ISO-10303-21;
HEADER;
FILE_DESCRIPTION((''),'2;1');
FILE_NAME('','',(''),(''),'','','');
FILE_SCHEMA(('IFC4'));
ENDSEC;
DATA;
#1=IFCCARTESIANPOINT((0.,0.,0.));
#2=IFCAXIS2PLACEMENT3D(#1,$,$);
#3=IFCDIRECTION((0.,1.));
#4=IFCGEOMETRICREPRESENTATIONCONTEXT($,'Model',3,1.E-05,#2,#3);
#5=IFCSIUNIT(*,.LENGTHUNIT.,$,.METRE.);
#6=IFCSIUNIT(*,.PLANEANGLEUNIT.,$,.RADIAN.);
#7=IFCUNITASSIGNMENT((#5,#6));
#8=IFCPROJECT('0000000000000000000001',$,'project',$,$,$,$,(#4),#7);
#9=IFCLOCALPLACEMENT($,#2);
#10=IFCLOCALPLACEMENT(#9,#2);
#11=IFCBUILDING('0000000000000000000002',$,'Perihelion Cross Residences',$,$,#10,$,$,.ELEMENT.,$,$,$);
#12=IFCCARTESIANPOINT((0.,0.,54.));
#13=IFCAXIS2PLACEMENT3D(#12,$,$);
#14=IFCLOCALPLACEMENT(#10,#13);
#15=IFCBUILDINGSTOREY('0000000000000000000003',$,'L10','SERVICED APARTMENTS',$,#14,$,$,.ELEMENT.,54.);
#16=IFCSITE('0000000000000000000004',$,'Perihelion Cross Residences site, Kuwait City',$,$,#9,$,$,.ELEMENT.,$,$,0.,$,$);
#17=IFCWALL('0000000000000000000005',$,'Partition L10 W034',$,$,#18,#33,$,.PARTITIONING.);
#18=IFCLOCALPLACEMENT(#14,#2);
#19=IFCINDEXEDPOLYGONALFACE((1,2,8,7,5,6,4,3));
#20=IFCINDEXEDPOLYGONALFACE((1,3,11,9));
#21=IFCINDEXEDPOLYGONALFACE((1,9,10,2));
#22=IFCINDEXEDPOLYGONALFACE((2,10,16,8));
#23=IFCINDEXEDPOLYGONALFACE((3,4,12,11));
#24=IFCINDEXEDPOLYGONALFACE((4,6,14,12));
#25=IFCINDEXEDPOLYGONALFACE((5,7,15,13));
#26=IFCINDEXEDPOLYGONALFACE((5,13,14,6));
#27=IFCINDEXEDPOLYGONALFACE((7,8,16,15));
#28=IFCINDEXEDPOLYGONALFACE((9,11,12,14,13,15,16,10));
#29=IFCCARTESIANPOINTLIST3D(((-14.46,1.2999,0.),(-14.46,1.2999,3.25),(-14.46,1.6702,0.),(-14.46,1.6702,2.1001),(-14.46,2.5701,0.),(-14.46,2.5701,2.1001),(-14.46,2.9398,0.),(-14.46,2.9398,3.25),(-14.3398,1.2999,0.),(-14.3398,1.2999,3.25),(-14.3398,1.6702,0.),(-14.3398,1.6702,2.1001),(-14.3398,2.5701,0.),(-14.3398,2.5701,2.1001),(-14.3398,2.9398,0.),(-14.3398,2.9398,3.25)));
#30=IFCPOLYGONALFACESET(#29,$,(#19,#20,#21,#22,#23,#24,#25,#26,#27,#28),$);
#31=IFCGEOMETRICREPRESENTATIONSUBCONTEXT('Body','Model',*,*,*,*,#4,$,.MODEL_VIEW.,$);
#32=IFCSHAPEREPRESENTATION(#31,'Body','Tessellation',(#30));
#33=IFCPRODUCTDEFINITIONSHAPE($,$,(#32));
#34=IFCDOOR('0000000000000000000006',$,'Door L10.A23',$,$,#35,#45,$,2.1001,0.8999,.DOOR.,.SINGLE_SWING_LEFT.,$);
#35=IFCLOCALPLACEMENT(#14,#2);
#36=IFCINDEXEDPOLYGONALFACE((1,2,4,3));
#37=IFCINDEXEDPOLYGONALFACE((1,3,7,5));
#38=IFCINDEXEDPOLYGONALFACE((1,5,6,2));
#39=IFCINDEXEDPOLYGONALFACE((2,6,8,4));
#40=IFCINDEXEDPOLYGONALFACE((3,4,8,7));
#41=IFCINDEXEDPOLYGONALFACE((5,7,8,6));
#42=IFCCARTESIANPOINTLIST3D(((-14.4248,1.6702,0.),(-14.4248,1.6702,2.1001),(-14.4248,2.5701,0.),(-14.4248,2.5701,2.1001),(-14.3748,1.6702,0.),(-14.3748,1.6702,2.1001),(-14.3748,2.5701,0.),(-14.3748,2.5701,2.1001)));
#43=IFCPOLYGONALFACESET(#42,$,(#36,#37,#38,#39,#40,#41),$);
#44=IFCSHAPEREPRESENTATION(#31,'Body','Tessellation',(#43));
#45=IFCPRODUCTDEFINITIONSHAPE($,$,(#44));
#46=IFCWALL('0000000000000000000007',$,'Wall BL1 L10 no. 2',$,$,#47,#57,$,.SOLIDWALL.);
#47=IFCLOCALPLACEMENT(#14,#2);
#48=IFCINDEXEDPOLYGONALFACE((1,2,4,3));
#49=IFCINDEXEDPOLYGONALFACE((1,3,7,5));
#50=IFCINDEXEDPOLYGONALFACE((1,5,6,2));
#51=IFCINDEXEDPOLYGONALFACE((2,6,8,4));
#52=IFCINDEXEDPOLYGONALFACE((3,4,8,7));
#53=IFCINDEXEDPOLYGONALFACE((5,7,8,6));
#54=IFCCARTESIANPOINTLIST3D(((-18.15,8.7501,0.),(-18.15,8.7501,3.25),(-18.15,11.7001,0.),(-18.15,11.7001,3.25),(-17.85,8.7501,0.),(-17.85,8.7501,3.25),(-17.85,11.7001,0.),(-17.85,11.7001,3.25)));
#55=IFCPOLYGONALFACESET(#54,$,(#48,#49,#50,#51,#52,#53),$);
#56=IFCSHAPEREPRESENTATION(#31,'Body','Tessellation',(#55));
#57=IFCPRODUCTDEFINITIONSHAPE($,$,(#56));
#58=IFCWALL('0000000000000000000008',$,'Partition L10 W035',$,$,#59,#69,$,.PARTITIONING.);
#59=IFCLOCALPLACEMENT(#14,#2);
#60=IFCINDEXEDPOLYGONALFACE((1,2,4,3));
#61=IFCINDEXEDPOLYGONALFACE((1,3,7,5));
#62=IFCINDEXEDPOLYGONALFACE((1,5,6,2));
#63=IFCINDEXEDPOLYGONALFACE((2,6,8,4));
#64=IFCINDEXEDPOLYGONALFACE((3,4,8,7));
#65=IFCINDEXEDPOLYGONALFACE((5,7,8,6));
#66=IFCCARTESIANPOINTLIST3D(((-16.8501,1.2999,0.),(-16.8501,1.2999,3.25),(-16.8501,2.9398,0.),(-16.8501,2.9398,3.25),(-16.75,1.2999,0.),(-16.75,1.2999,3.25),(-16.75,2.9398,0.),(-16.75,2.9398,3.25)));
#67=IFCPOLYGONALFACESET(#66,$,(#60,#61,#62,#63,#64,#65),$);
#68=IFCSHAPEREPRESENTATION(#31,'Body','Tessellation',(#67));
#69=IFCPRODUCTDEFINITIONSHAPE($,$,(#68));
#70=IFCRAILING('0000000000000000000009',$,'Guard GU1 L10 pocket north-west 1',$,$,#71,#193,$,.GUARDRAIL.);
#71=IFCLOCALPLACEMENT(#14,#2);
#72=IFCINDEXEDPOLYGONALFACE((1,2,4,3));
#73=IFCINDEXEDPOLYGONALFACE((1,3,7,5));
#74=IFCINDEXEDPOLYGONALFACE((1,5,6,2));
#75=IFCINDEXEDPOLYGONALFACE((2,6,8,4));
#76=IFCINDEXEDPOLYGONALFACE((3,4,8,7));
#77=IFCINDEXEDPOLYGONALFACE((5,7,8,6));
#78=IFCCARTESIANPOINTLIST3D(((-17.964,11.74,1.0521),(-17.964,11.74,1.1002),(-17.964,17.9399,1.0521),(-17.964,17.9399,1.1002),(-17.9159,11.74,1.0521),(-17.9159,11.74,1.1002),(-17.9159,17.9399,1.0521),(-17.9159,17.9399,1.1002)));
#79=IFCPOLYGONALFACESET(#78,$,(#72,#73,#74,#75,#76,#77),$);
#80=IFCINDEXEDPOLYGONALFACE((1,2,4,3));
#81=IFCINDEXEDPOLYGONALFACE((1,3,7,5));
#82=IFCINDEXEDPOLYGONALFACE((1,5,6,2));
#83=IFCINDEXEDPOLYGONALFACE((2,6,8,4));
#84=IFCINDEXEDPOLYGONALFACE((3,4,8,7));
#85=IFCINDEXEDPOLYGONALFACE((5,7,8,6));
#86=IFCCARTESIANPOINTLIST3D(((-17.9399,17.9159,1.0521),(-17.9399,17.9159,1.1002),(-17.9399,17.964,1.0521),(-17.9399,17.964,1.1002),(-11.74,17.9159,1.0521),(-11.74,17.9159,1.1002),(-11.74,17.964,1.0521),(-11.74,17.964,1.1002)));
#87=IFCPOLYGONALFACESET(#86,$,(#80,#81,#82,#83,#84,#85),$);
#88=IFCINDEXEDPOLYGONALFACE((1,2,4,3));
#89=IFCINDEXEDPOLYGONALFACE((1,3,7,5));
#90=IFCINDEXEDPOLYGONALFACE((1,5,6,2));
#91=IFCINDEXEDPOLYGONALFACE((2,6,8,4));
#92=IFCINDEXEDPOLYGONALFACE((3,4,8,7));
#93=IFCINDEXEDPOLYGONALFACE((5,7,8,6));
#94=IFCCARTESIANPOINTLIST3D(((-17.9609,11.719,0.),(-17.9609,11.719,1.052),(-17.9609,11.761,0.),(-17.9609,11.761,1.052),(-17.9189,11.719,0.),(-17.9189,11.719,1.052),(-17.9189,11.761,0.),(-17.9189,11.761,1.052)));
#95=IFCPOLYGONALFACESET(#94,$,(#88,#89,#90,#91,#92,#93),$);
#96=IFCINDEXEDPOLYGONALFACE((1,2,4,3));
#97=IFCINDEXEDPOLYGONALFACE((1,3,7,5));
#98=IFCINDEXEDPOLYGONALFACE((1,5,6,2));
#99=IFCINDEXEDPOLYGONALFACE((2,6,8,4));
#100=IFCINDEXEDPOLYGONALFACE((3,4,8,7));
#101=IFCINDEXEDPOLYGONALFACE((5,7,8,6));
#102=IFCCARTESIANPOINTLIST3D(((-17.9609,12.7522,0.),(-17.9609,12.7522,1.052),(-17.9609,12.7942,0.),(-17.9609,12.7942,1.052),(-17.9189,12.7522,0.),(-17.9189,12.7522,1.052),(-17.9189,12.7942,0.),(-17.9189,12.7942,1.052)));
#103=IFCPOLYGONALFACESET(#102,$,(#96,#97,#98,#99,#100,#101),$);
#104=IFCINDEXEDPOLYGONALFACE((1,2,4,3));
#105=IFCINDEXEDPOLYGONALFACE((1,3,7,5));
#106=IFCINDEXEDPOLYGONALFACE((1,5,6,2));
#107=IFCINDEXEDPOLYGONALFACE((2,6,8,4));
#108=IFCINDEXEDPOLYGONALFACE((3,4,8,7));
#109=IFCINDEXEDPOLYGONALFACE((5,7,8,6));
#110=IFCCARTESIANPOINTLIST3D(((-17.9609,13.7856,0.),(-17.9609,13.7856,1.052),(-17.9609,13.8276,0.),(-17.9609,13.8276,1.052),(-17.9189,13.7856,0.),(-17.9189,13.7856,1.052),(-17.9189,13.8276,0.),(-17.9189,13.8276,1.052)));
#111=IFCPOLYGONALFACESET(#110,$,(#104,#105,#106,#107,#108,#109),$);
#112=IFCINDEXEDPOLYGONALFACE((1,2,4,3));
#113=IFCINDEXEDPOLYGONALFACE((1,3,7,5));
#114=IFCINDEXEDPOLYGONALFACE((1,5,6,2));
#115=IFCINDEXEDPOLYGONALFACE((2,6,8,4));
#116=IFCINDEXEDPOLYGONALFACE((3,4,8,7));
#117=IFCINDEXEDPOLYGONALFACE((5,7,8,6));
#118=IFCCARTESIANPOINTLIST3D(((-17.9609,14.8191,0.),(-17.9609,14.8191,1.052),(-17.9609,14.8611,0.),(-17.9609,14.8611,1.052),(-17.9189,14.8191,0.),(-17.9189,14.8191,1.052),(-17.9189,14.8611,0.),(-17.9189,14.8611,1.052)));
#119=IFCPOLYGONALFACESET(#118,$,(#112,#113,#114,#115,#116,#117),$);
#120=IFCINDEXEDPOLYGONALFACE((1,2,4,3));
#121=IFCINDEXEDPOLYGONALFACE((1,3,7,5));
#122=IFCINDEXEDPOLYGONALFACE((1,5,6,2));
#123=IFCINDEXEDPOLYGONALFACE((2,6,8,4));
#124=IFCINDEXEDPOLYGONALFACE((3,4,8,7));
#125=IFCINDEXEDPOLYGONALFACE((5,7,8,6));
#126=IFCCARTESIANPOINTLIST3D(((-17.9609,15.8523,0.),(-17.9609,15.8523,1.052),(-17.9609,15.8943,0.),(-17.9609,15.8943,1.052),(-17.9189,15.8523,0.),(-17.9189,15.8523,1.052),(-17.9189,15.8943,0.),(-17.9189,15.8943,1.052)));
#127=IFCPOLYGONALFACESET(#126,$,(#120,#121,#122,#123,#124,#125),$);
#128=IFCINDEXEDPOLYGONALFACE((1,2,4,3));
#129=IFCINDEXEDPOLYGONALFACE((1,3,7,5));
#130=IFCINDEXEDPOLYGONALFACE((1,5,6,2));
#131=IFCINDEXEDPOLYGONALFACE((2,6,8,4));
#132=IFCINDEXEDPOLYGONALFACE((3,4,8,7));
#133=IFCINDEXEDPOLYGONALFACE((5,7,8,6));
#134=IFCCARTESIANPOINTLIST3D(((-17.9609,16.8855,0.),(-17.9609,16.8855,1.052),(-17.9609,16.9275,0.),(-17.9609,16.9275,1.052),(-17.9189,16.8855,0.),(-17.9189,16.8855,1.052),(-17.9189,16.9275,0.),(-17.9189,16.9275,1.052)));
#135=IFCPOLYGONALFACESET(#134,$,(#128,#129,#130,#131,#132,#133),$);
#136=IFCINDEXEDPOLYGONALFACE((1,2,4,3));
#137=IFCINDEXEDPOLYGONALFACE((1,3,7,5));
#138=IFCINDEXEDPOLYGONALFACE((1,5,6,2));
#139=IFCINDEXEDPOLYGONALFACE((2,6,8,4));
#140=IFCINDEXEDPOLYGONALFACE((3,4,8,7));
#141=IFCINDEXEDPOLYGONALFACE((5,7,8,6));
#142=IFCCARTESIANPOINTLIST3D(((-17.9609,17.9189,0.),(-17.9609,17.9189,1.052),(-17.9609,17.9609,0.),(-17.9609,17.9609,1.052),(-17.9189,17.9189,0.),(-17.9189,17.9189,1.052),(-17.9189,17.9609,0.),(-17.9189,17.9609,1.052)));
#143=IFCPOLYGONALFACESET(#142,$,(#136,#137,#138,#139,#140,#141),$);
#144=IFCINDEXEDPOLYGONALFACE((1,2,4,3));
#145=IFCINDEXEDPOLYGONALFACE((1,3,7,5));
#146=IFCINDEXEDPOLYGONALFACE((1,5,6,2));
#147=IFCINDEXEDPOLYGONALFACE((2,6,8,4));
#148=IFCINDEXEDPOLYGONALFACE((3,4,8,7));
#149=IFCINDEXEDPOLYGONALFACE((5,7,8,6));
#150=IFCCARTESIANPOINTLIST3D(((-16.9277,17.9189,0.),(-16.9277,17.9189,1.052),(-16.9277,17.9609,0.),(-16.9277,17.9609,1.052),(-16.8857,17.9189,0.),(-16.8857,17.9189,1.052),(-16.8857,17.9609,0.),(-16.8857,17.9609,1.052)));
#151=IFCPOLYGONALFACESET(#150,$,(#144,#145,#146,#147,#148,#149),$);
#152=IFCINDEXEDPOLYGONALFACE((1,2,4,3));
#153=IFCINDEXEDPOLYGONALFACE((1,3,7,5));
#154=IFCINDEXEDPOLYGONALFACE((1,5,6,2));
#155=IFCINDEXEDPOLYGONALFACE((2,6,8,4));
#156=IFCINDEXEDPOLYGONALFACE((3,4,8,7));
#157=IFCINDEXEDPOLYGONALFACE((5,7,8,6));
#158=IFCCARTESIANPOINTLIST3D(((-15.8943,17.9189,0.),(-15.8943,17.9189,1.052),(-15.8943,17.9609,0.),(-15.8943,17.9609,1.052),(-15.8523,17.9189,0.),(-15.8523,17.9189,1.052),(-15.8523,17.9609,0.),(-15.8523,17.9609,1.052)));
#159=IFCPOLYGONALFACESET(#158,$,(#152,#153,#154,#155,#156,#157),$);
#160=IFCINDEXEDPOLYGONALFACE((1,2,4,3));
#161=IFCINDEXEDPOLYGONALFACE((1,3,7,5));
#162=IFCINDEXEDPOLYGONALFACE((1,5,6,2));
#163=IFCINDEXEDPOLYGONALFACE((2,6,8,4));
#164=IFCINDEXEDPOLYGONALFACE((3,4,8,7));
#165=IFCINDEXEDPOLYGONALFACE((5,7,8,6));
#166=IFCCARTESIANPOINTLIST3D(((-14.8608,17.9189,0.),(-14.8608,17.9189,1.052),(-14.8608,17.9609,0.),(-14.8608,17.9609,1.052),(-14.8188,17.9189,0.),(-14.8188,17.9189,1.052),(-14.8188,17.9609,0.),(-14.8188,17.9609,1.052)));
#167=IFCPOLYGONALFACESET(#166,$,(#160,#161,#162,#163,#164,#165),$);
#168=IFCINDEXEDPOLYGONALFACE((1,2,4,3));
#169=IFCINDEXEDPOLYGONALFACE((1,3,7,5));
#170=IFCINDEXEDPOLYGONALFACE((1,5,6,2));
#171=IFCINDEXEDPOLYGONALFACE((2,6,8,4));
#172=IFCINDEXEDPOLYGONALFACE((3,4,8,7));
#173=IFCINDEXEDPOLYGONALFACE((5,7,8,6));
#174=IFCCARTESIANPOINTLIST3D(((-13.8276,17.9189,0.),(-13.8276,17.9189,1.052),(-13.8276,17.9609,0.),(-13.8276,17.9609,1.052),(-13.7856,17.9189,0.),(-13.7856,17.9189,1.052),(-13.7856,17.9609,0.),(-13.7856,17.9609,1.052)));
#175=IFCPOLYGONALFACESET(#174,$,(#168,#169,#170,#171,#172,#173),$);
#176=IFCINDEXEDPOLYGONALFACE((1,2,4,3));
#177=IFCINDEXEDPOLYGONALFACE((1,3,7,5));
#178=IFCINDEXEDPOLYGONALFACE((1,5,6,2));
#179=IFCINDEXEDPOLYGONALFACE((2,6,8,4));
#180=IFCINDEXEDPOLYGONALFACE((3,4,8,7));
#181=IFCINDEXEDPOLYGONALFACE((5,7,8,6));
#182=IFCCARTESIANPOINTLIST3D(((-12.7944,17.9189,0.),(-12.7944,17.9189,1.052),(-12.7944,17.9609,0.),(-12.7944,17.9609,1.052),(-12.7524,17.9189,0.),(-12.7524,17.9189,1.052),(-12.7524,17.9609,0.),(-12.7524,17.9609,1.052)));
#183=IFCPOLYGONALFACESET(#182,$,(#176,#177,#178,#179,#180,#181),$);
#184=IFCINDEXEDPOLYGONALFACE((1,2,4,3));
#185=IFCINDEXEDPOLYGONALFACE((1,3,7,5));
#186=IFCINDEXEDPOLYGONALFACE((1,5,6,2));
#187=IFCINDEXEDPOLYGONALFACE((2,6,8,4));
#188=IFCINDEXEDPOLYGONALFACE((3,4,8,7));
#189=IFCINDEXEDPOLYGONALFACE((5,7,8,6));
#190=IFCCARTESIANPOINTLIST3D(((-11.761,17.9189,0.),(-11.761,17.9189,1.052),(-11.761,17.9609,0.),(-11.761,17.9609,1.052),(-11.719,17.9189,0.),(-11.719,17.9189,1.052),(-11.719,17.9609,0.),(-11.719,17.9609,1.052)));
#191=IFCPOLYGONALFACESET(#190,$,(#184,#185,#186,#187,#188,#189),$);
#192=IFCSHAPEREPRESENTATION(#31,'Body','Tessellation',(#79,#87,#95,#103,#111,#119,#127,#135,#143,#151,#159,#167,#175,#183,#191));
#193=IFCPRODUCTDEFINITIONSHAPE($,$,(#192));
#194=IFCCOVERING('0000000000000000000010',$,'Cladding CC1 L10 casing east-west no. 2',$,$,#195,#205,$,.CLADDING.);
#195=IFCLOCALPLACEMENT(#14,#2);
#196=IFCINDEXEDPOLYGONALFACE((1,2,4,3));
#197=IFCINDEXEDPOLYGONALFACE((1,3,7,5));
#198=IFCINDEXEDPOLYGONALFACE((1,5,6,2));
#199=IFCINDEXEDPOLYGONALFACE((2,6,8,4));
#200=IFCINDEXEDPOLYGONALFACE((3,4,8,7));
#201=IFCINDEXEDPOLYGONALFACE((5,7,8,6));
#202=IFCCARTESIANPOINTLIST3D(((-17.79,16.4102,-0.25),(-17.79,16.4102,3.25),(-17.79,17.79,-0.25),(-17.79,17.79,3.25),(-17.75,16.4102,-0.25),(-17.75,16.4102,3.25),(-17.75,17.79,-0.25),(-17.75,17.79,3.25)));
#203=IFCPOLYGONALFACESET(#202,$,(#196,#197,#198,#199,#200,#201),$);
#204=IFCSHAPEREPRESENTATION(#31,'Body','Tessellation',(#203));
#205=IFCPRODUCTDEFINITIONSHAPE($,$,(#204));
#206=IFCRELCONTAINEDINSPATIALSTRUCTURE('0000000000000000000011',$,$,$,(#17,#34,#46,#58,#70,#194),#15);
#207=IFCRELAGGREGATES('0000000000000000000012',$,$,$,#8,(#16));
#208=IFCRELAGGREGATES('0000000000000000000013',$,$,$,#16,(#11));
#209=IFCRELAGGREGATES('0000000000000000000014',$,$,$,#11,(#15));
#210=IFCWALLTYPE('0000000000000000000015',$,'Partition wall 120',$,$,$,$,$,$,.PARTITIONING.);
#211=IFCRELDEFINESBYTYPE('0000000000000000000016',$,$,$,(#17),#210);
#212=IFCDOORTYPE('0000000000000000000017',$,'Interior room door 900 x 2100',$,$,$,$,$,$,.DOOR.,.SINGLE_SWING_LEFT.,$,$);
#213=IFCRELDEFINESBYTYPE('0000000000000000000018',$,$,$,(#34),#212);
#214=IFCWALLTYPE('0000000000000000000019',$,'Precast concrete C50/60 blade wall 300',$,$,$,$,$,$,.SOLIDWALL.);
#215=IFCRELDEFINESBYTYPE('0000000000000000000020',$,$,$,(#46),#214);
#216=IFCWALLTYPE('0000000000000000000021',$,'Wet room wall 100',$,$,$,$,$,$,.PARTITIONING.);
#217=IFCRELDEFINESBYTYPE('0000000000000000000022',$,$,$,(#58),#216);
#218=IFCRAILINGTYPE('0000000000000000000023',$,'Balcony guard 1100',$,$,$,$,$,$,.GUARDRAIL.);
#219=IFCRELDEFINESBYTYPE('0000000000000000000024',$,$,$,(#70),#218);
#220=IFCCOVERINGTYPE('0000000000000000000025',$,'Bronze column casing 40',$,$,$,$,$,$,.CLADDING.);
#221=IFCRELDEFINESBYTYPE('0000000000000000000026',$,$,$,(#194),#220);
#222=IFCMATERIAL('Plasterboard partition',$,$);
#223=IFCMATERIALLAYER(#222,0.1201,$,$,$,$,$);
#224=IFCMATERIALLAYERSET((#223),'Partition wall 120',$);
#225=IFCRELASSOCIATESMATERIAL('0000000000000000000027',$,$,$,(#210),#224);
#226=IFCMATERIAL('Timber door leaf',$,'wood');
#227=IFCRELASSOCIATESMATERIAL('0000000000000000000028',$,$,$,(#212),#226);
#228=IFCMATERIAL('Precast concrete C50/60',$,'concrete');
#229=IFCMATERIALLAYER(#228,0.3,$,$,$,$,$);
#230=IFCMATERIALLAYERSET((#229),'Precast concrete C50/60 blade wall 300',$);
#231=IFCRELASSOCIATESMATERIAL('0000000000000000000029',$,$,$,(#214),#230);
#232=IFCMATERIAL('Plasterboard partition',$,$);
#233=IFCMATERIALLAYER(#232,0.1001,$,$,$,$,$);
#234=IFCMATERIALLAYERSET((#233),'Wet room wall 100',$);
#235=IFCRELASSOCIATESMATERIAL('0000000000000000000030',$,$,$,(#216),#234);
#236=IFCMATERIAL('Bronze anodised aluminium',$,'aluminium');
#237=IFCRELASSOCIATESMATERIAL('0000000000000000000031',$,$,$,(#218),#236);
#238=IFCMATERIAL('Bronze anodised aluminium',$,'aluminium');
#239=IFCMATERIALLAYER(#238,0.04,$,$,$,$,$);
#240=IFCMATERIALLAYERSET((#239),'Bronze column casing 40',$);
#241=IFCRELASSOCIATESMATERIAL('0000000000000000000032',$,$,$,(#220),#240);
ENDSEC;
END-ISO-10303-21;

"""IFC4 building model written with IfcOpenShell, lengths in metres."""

from ifc_helpers import new_model, si_unit, direction, frame, frame_2d, origin, origin_2d, place, context, subcontext, project, spatial, rectangle, extrude, material, layer, layer_set, type_object, element, fill, save


model = new_model("IFC4")

# Units and contexts
model_context = context("Model", 3, precision=1e-05, world=origin(), true_north=direction((0.0, 1.0)))
body_context = subcontext(model_context, "Body", "Model", "MODEL_VIEW")
ifc_project = project(units=[si_unit("LENGTHUNIT", "METRE"), si_unit("PLANEANGLEUNIT", "RADIAN")], contexts=[model_context])

# Site, building, storey
site_placement = place(None, origin())
site = spatial("IfcSite", under=ifc_project, at=site_placement, Name="Perihelion Cross Residences site, Kuwait City", CompositionType="ELEMENT", RefElevation=0.0)
building_placement = place(site_placement, origin())
building = spatial("IfcBuilding", under=site, at=building_placement, Name="Perihelion Cross Residences", CompositionType="ELEMENT")
storey_placement = place(building_placement, frame((0.0, 0.0, 54.0)))
storey = spatial("IfcBuildingStorey", under=building, at=storey_placement, Name="L10", Description="SERVICED APARTMENTS", CompositionType="ELEMENT", Elevation=54.0)

# Wall, opening, door
ifc_material_1 = material(Name="Plasterboard partition")
ifc_layer_1 = layer(ifc_material_1, 0.1201)
ifc_layer_set_1 = layer_set([ifc_layer_1], Name="Partition wall 120")
wall_type_1 = type_object("IfcWallType", Name="Partition wall 120", PredefinedType="PARTITIONING", material=ifc_layer_set_1)
ifc_material_2 = material(Name="Timber door leaf", Category="wood")
door_type_1 = type_object("IfcDoorType", Name="Interior room door 900 x 2100", OperationType="SINGLE_SWING_LEFT", PredefinedType="DOOR", material=ifc_material_2)
wall_1_placement = place(storey_placement, frame((-14.3999, 1.3, 0.0), z_axis=(0.0, 0.0, 1.0), x_axis=(0.0, 1.0, 0.0)))
wall_1 = element("IfcWall", 1, at=wall_1_placement, inside=storey, type_object=wall_type_1, Name="Partition L10 W034", PredefinedType="PARTITIONING", context=body_context, shape_type="SweptSolid", body=[
    extrude(rectangle(XDim=1.6399, YDim=0.1201, at=frame_2d((0.8198, 0.0))), origin(), (0.0, 0.0, 1.0), 3.25),
])
opening_1_placement = place(wall_1_placement, frame((0.3701, 0.0, 0.0)))
opening_1 = element("IfcOpeningElement", 2, at=opening_1_placement, cuts=wall_1, PredefinedType="OPENING", context=body_context, shape_type="SweptSolid", body=[
    extrude(rectangle(XDim=0.8999, YDim=2.1001, at=frame_2d((0.45, 1.05))), frame((0.0, 0.0701, 0.0), z_axis=(0.0, -1.0, 0.0), x_axis=(1.0, 0.0, 0.0)), (0.0, 0.0, 1.0), 0.1401),
])
door_1_placement = place(opening_1_placement, origin())
door_1 = element("IfcDoor", 3, at=door_1_placement, inside=storey, type_object=door_type_1, Name="Door L10.A23", OperationType="SINGLE_SWING_LEFT", OverallHeight=2.1001, OverallWidth=0.8999, PredefinedType="DOOR", context=body_context, shape_type="SweptSolid", body=[
    extrude(rectangle(XDim=0.8999, YDim=2.1001, at=frame_2d((0.45, 1.05))), frame((0.0, 0.0249, 0.0), z_axis=(0.0, -1.0, 0.0), x_axis=(1.0, 0.0, 0.0)), (0.0, 0.0, 1.0), 0.05),
])
fill(opening_1, door_1)

# Walls
ifc_material_3 = material(Name="Precast concrete C50/60", Category="concrete")
ifc_layer_2 = layer(ifc_material_3, 0.3)
ifc_layer_set_2 = layer_set([ifc_layer_2], Name="Precast concrete C50/60 blade wall 300")
wall_type_2 = type_object("IfcWallType", Name="Precast concrete C50/60 blade wall 300", PredefinedType="SOLIDWALL", material=ifc_layer_set_2)
wall_2_placement = place(storey_placement, frame((-18.0, 8.75, 0.0), z_axis=(0.0, 0.0, 1.0), x_axis=(0.0, 1.0, 0.0)))
element("IfcWall", 4, at=wall_2_placement, inside=storey, type_object=wall_type_2, Name="Wall BL1 L10 no. 2", PredefinedType="SOLIDWALL", context=body_context, shape_type="SweptSolid", body=[
    extrude(rectangle(XDim=2.95, YDim=0.3, at=frame_2d((1.4751, 0.0))), origin(), (0.0, 0.0, 1.0), 3.25),
])
ifc_material_4 = material(Name="Plasterboard partition")
ifc_layer_3 = layer(ifc_material_4, 0.1001)
ifc_layer_set_3 = layer_set([ifc_layer_3], Name="Wet room wall 100")
wall_type_3 = type_object("IfcWallType", Name="Wet room wall 100", PredefinedType="PARTITIONING", material=ifc_layer_set_3)
wall_3_placement = place(storey_placement, frame((-16.8, 1.3, 0.0), z_axis=(0.0, 0.0, 1.0), x_axis=(0.0, 1.0, 0.0)))
element("IfcWall", 5, at=wall_3_placement, inside=storey, type_object=wall_type_3, Name="Partition L10 W035", PredefinedType="PARTITIONING", context=body_context, shape_type="SweptSolid", body=[
    extrude(rectangle(XDim=1.6399, YDim=0.1001, at=frame_2d((0.8198, 0.0))), origin(), (0.0, 0.0, 1.0), 3.25),
])

# Railing
ifc_material_5 = material(Name="Bronze anodised aluminium", Category="aluminium")
railing_type = type_object("IfcRailingType", Name="Balcony guard 1100", PredefinedType="GUARDRAIL", material=ifc_material_5)
railing_1_placement = place(storey_placement, frame((-17.9399, 11.74, 0.0)))
element("IfcRailing", 6, at=railing_1_placement, inside=storey, type_object=railing_type, Name="Guard GU1 L10 pocket north-west 1", PredefinedType="GUARDRAIL", context=body_context, shape_type="SweptSolid", body=[
    extrude(rectangle(XDim=0.0481, YDim=0.0481, at=origin_2d()), frame((0.0, 0.0, 1.0762), z_axis=(0.0, 1.0, 0.0), x_axis=(-1.0, 0.0, 0.0)), (0.0, 0.0, 1.0), 6.2),
    extrude(rectangle(XDim=0.0481, YDim=0.0481, at=origin_2d()), frame((0.0, 6.2, 1.0762), z_axis=(1.0, 0.0, 0.0), x_axis=(0.0, 1.0, 0.0)), (0.0, 0.0, 1.0), 6.2),
    extrude(rectangle(XDim=0.042, YDim=0.042, at=origin_2d()), origin(), (0.0, 0.0, 1.0), 1.052),
    extrude(rectangle(XDim=0.042, YDim=0.042, at=origin_2d()), frame((0.0, 1.0332, 0.0)), (0.0, 0.0, 1.0), 1.052),
    extrude(rectangle(XDim=0.042, YDim=0.042, at=origin_2d()), frame((0.0, 2.0667, 0.0)), (0.0, 0.0, 1.0), 1.052),
    extrude(rectangle(XDim=0.042, YDim=0.042, at=origin_2d()), frame((0.0, 3.1001, 0.0)), (0.0, 0.0, 1.0), 1.052),
    extrude(rectangle(XDim=0.042, YDim=0.042, at=origin_2d()), frame((0.0, 4.1333, 0.0)), (0.0, 0.0, 1.0), 1.052),
    extrude(rectangle(XDim=0.042, YDim=0.042, at=origin_2d()), frame((0.0, 5.1665, 0.0)), (0.0, 0.0, 1.0), 1.052),
    extrude(rectangle(XDim=0.042, YDim=0.042, at=origin_2d()), frame((0.0, 6.2, 0.0)), (0.0, 0.0, 1.0), 1.052),
    extrude(rectangle(XDim=0.042, YDim=0.042, at=origin_2d()), frame((1.0332, 6.2, 0.0)), (0.0, 0.0, 1.0), 1.052),
    extrude(rectangle(XDim=0.042, YDim=0.042, at=origin_2d()), frame((2.0667, 6.2, 0.0)), (0.0, 0.0, 1.0), 1.052),
    extrude(rectangle(XDim=0.042, YDim=0.042, at=origin_2d()), frame((3.1001, 6.2, 0.0)), (0.0, 0.0, 1.0), 1.052),
    extrude(rectangle(XDim=0.042, YDim=0.042, at=origin_2d()), frame((4.1333, 6.2, 0.0)), (0.0, 0.0, 1.0), 1.052),
    extrude(rectangle(XDim=0.042, YDim=0.042, at=origin_2d()), frame((5.1665, 6.2, 0.0)), (0.0, 0.0, 1.0), 1.052),
    extrude(rectangle(XDim=0.042, YDim=0.042, at=origin_2d()), frame((6.2, 6.2, 0.0)), (0.0, 0.0, 1.0), 1.052),
])

# Covering
ifc_material_6 = material(Name="Bronze anodised aluminium", Category="aluminium")
ifc_layer_4 = layer(ifc_material_6, 0.04)
ifc_layer_set_4 = layer_set([ifc_layer_4], Name="Bronze column casing 40")
covering_type = type_object("IfcCoveringType", Name="Bronze column casing 40", PredefinedType="CLADDING", material=ifc_layer_set_4)
covering_1_placement = place(storey_placement, frame((-17.77, 17.1001, -0.25), z_axis=(0.0, 0.0, 1.0), x_axis=(1.0, 0.0, 0.0)))
element("IfcCovering", 7, at=covering_1_placement, inside=storey, type_object=covering_type, Name="Cladding CC1 L10 casing east-west no. 2", PredefinedType="CLADDING", context=body_context, shape_type="SweptSolid", body=[
    extrude(rectangle(XDim=0.04, YDim=1.3799, at=origin_2d()), origin(), (0.0, 0.0, 1.0), 3.5),
])

save(model, "model.ifc")
